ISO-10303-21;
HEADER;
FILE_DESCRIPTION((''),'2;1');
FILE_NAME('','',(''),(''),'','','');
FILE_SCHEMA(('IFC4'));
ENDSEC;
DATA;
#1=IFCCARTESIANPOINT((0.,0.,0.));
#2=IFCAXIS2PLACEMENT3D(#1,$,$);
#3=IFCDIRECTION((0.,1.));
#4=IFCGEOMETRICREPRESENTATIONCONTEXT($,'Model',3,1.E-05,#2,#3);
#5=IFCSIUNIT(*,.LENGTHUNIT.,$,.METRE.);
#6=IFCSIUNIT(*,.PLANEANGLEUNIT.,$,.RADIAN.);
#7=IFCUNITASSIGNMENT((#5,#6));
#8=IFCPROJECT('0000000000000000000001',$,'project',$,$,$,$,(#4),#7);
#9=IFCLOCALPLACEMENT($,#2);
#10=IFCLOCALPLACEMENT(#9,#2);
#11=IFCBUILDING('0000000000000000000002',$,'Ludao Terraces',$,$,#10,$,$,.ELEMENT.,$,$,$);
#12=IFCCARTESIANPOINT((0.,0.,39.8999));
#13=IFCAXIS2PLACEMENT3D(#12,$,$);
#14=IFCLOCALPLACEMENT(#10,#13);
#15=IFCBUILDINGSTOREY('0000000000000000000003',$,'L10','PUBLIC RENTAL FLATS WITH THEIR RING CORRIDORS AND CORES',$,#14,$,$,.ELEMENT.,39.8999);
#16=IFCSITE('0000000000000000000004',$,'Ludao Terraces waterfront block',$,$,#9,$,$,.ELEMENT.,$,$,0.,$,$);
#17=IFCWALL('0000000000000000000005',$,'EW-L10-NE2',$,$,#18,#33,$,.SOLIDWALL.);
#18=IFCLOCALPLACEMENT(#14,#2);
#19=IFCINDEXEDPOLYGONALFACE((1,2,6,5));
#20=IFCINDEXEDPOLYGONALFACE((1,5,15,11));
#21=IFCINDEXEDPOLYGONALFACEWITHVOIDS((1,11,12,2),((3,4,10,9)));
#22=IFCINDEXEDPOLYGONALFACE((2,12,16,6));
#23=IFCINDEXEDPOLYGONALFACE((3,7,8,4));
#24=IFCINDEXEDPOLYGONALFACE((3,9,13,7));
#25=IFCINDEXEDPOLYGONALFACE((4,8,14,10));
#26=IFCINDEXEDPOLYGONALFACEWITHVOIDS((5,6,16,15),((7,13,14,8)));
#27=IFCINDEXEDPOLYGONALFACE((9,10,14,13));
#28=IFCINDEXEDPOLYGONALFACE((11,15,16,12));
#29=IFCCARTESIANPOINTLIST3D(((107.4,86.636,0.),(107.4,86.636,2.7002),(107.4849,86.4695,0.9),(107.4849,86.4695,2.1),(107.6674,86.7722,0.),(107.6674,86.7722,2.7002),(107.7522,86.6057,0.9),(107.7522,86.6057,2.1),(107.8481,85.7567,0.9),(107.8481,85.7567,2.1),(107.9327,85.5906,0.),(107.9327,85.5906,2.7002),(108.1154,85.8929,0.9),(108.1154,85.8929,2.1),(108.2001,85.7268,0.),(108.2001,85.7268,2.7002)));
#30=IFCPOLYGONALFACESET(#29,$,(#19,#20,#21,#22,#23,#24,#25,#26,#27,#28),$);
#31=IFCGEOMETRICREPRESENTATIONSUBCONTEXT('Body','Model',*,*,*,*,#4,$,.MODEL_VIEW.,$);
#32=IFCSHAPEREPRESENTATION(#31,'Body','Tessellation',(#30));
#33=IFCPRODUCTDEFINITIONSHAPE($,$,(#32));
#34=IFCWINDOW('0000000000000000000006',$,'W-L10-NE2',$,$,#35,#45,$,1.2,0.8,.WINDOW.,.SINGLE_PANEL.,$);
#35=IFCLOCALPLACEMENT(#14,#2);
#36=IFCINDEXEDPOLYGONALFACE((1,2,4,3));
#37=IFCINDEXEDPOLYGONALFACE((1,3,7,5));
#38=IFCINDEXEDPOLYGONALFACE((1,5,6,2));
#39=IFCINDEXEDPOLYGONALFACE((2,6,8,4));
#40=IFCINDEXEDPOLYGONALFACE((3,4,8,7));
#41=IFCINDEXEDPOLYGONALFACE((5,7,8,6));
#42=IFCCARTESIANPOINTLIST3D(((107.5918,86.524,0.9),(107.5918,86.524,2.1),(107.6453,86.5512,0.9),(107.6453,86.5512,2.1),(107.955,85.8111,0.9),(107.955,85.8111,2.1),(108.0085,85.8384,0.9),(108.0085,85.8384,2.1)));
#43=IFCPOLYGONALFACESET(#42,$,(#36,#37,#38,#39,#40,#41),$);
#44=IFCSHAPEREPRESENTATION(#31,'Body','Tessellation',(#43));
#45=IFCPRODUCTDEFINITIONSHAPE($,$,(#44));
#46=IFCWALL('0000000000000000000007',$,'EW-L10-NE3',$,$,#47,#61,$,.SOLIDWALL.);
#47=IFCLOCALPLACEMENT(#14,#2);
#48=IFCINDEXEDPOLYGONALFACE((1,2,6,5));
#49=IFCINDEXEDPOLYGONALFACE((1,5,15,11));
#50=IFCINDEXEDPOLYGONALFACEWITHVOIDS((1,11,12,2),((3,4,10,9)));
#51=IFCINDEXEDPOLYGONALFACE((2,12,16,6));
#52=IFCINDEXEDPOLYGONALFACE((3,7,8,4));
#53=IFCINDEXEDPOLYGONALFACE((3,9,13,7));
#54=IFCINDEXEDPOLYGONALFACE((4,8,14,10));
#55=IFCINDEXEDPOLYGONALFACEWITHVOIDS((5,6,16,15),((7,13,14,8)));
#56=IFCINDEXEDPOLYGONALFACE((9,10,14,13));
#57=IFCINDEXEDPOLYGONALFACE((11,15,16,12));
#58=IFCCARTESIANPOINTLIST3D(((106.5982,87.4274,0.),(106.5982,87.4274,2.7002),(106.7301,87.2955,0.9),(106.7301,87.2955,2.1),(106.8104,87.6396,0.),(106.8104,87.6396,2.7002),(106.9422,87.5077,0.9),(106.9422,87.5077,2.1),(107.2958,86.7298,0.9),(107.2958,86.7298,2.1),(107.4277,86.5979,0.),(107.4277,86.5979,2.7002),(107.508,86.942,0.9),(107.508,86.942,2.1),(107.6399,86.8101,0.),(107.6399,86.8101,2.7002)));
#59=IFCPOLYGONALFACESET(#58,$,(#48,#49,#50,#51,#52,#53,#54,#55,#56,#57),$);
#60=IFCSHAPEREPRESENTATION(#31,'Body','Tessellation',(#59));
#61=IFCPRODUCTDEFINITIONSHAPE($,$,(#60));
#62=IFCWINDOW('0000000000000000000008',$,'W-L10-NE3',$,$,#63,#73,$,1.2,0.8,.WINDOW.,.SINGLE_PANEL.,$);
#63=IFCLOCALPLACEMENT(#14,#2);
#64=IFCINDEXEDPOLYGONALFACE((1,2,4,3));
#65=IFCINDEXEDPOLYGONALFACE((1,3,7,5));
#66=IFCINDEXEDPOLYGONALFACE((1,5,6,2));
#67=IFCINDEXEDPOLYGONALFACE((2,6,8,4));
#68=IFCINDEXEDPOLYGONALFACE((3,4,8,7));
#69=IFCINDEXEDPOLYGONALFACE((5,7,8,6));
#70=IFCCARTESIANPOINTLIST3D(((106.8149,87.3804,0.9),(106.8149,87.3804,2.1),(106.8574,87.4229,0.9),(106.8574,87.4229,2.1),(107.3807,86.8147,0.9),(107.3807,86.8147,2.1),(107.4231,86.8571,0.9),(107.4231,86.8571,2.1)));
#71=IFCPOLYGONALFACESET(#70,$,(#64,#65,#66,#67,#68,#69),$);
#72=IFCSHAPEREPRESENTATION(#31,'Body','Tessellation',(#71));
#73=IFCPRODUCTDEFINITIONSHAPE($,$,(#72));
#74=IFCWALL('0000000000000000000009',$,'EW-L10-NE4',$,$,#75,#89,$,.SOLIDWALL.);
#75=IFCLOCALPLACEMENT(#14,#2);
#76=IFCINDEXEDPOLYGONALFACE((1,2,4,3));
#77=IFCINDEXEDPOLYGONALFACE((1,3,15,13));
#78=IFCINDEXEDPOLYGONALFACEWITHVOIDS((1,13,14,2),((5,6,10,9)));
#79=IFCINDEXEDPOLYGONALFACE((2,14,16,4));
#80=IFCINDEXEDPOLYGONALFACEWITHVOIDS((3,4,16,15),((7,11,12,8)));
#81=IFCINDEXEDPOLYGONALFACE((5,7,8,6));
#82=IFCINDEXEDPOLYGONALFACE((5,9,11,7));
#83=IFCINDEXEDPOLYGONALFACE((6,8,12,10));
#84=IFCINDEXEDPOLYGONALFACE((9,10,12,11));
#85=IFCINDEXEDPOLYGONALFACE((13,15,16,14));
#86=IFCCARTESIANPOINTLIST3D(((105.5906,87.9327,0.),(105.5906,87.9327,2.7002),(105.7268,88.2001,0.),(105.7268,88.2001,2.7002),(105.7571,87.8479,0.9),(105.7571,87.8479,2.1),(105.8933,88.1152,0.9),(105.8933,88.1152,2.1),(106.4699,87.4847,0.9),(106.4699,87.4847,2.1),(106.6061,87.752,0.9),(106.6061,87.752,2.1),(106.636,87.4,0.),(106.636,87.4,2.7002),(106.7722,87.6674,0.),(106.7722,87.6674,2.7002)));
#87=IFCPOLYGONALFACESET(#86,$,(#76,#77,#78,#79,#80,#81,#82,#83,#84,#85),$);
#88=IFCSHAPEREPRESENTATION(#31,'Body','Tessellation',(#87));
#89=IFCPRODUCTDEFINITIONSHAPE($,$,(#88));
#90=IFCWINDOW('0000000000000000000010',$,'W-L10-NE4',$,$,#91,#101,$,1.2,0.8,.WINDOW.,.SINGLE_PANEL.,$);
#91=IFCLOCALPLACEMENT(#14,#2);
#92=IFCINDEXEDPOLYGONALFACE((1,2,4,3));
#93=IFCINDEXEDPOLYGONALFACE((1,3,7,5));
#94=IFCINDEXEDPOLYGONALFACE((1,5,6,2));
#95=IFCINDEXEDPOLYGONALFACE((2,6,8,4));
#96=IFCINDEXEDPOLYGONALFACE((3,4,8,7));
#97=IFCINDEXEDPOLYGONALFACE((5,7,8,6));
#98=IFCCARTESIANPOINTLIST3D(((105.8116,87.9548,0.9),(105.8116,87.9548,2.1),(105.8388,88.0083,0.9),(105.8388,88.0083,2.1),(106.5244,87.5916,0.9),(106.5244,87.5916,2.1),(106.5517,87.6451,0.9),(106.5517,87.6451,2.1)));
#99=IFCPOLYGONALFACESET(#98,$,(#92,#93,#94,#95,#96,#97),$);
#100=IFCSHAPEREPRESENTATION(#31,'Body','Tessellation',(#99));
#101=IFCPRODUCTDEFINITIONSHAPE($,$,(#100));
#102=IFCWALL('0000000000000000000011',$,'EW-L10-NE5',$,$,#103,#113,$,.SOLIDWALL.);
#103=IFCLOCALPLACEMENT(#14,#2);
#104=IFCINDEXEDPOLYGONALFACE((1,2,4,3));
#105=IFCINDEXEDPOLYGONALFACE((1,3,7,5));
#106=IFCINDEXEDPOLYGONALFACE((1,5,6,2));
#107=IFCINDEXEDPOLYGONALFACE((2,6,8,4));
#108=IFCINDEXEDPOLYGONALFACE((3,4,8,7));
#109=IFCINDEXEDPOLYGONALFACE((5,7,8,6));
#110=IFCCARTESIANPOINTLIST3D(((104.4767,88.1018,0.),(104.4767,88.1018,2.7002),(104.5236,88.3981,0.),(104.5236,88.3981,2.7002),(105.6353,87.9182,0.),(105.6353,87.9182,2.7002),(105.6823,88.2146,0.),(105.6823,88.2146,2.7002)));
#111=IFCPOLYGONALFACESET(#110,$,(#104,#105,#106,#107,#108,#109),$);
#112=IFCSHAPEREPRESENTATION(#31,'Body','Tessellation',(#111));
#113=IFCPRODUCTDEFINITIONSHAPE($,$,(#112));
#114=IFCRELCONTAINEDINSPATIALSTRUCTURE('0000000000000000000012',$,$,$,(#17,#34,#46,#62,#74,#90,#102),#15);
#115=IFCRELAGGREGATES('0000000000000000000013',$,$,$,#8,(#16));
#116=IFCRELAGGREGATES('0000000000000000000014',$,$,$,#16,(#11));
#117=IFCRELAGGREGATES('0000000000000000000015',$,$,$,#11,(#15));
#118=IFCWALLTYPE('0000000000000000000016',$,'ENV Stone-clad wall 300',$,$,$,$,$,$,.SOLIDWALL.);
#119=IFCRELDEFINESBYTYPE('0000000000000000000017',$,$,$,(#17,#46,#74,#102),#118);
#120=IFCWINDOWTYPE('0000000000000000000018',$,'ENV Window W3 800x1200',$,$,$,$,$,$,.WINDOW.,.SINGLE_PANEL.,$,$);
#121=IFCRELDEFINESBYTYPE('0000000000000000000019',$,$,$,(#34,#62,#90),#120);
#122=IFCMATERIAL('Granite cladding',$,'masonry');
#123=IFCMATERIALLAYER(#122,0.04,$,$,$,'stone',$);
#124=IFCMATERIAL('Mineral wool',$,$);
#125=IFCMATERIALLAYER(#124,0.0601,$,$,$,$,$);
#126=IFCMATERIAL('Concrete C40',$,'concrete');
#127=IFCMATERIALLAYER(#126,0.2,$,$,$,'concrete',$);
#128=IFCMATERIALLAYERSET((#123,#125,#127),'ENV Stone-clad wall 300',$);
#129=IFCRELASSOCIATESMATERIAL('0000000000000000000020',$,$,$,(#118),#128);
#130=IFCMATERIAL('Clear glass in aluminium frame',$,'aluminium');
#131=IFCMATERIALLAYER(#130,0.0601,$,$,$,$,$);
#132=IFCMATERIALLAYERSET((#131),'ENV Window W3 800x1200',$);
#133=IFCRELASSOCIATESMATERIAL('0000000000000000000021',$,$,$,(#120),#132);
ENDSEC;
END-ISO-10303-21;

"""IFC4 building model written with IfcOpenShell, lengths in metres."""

from ifc_helpers import new_model, si_unit, direction, frame, frame_2d, origin, place, context, subcontext, project, spatial, rectangle, extrude, material, layer, layer_set, type_object, element, fill, save


model = new_model("IFC4")

# Units and contexts
model_context = context("Model", 3, precision=1e-05, world=origin(), true_north=direction((0.0, 1.0)))
body_context = subcontext(model_context, "Body", "Model", "MODEL_VIEW")
ifc_project = project(units=[si_unit("LENGTHUNIT", "METRE"), si_unit("PLANEANGLEUNIT", "RADIAN")], contexts=[model_context])

# Site, building, storey
site_placement = place(None, origin())
site = spatial("IfcSite", under=ifc_project, at=site_placement, Name="Ludao Terraces waterfront block", CompositionType="ELEMENT", RefElevation=0.0)
building_placement = place(site_placement, origin())
building = spatial("IfcBuilding", under=site, at=building_placement, Name="Ludao Terraces", CompositionType="ELEMENT")
storey_placement = place(building_placement, frame((0.0, 0.0, 39.8999)))
storey = spatial("IfcBuildingStorey", under=building, at=storey_placement, Name="L10", Description="PUBLIC RENTAL FLATS WITH THEIR RING CORRIDORS AND CORES", CompositionType="ELEMENT", Elevation=39.8999)

# Shared definitions
ifc_material_1 = material(Name="Concrete C40", Category="concrete")

# Shared definitions
ifc_material_2 = material(Name="Granite cladding", Category="masonry")
ifc_layer_1 = layer(ifc_material_2, 0.04, Category="stone")
ifc_material_3 = material(Name="Mineral wool")
ifc_layer_2 = layer(ifc_material_3, 0.0601)
ifc_layer_3 = layer(ifc_material_1, 0.2, Category="concrete")
ifc_layer_set_1 = layer_set([ifc_layer_1, ifc_layer_2, ifc_layer_3], Name="ENV Stone-clad wall 300")
wall_type_1 = type_object("IfcWallType", Name="ENV Stone-clad wall 300", PredefinedType="SOLIDWALL", material=ifc_layer_set_1)
ifc_material_4 = material(Name="Clear glass in aluminium frame", Category="aluminium")

# Walls, openings, windows
wall_1_placement = place(storey_placement, frame((108.0664, 85.6587, 0.0), z_axis=(0.0, 0.0, 1.0), x_axis=(-0.454026, 0.890989, 0.0)))
wall_1 = element("IfcWall", 1, at=wall_1_placement, inside=storey, type_object=wall_type_1, Name="EW-L10-NE2", PredefinedType="SOLIDWALL", context=body_context, shape_type="SweptSolid", body=[
    extrude(rectangle(XDim=1.1733, YDim=0.3, at=frame_2d((0.5867, 0.0))), origin(), (0.0, 0.0, 1.0), 2.7002),
])
opening_1_placement = place(wall_1_placement, frame((0.1865, 0.0, 0.8999)))
opening_1 = element("IfcOpeningElement", 2, at=opening_1_placement, cuts=wall_1, PredefinedType="OPENING", context=body_context, shape_type="SweptSolid", body=[
    extrude(rectangle(XDim=0.8, YDim=1.2, at=frame_2d((0.3999, 0.6001))), frame((0.0, 0.1602, 0.0), z_axis=(0.0, -1.0, 0.0), x_axis=(1.0, 0.0, 0.0)), (0.0, 0.0, 1.0), 0.3201),
])
ifc_layer_4 = layer(ifc_material_4, 0.0601)
ifc_layer_set_2 = layer_set([ifc_layer_4], Name="ENV Window W3 800x1200")
window_type_1 = type_object("IfcWindowType", Name="ENV Window W3 800x1200", PartitioningType="SINGLE_PANEL", PredefinedType="WINDOW", material=ifc_layer_set_2)
window_1_placement = place(opening_1_placement, origin())
window_1 = element("IfcWindow", 3, at=window_1_placement, inside=storey, type_object=window_type_1, Name="W-L10-NE2", OverallHeight=1.2, OverallWidth=0.8, PartitioningType="SINGLE_PANEL", PredefinedType="WINDOW", context=body_context, shape_type="SweptSolid", body=[
    extrude(rectangle(XDim=0.8, YDim=1.2, at=frame_2d((0.3999, 0.6001))), frame((0.0, 0.03, 0.0), z_axis=(0.0, -1.0, 0.0), x_axis=(1.0, 0.0, 0.0)), (0.0, 0.0, 1.0), 0.0601),
])
fill(opening_1, window_1)
wall_2_placement = place(storey_placement, frame((107.5337, 86.7041, 0.0), z_axis=(0.0, 0.0, 1.0), x_axis=(-0.707107, 0.707107, 0.0)))
wall_2 = element("IfcWall", 4, at=wall_2_placement, inside=storey, type_object=wall_type_1, Name="EW-L10-NE3", PredefinedType="SOLIDWALL", context=body_context, shape_type="SweptSolid", body=[
    extrude(rectangle(XDim=1.1731, YDim=0.3, at=frame_2d((0.5864, 0.0))), origin(), (0.0, 0.0, 1.0), 2.7002),
])
opening_2_placement = place(wall_2_placement, frame((0.1865, 0.0, 0.8999)))
opening_2 = element("IfcOpeningElement", 5, at=opening_2_placement, cuts=wall_2, PredefinedType="OPENING", context=body_context, shape_type="SweptSolid", body=[
    extrude(rectangle(XDim=0.8, YDim=1.2, at=frame_2d((0.3999, 0.6001))), frame((0.0, 0.1602, 0.0), z_axis=(0.0, -1.0, 0.0), x_axis=(1.0, 0.0, 0.0)), (0.0, 0.0, 1.0), 0.3201),
])
window_2_placement = place(opening_2_placement, origin())
window_2 = element("IfcWindow", 6, at=window_2_placement, inside=storey, type_object=window_type_1, Name="W-L10-NE3", OverallHeight=1.2, OverallWidth=0.8, PartitioningType="SINGLE_PANEL", PredefinedType="WINDOW", context=body_context, shape_type="SweptSolid", body=[
    extrude(rectangle(XDim=0.8, YDim=1.2, at=frame_2d((0.3999, 0.6001))), frame((0.0, 0.03, 0.0), z_axis=(0.0, -1.0, 0.0), x_axis=(1.0, 0.0, 0.0)), (0.0, 0.0, 1.0), 0.0601),
])
fill(opening_2, window_2)
wall_3_placement = place(storey_placement, frame((106.7041, 87.5337, 0.0), z_axis=(0.0, 0.0, 1.0), x_axis=(-0.890989, 0.454026, 0.0)))
wall_3 = element("IfcWall", 7, at=wall_3_placement, inside=storey, type_object=wall_type_1, Name="EW-L10-NE4", PredefinedType="SOLIDWALL", context=body_context, shape_type="SweptSolid", body=[
    extrude(rectangle(XDim=1.1733, YDim=0.3, at=frame_2d((0.5867, 0.0))), origin(), (0.0, 0.0, 1.0), 2.7002),
])
opening_3_placement = place(wall_3_placement, frame((0.1865, 0.0, 0.8999)))
opening_3 = element("IfcOpeningElement", 8, at=opening_3_placement, cuts=wall_3, PredefinedType="OPENING", context=body_context, shape_type="SweptSolid", body=[
    extrude(rectangle(XDim=0.8, YDim=1.2, at=frame_2d((0.3999, 0.6001))), frame((0.0, 0.1602, 0.0), z_axis=(0.0, -1.0, 0.0), x_axis=(1.0, 0.0, 0.0)), (0.0, 0.0, 1.0), 0.3201),
])
window_3_placement = place(opening_3_placement, origin())
window_3 = element("IfcWindow", 9, at=window_3_placement, inside=storey, type_object=window_type_1, Name="W-L10-NE4", OverallHeight=1.2, OverallWidth=0.8, PartitioningType="SINGLE_PANEL", PredefinedType="WINDOW", context=body_context, shape_type="SweptSolid", body=[
    extrude(rectangle(XDim=0.8, YDim=1.2, at=frame_2d((0.3999, 0.6001))), frame((0.0, 0.03, 0.0), z_axis=(0.0, -1.0, 0.0), x_axis=(1.0, 0.0, 0.0)), (0.0, 0.0, 1.0), 0.0601),
])
fill(opening_3, window_3)

# Wall
wall_4_placement = place(storey_placement, frame((105.6587, 88.0664, 0.0), z_axis=(0.0, 0.0, 1.0), x_axis=(-0.987678, 0.156497, 0.0)))
element("IfcWall", 10, at=wall_4_placement, inside=storey, type_object=wall_type_1, Name="EW-L10-NE5", PredefinedType="SOLIDWALL", context=body_context, shape_type="SweptSolid", body=[
    extrude(rectangle(XDim=1.1731, YDim=0.3, at=frame_2d((0.5864, 0.0))), origin(), (0.0, 0.0, 1.0), 2.7002),
])

save(model, "model.ifc")
